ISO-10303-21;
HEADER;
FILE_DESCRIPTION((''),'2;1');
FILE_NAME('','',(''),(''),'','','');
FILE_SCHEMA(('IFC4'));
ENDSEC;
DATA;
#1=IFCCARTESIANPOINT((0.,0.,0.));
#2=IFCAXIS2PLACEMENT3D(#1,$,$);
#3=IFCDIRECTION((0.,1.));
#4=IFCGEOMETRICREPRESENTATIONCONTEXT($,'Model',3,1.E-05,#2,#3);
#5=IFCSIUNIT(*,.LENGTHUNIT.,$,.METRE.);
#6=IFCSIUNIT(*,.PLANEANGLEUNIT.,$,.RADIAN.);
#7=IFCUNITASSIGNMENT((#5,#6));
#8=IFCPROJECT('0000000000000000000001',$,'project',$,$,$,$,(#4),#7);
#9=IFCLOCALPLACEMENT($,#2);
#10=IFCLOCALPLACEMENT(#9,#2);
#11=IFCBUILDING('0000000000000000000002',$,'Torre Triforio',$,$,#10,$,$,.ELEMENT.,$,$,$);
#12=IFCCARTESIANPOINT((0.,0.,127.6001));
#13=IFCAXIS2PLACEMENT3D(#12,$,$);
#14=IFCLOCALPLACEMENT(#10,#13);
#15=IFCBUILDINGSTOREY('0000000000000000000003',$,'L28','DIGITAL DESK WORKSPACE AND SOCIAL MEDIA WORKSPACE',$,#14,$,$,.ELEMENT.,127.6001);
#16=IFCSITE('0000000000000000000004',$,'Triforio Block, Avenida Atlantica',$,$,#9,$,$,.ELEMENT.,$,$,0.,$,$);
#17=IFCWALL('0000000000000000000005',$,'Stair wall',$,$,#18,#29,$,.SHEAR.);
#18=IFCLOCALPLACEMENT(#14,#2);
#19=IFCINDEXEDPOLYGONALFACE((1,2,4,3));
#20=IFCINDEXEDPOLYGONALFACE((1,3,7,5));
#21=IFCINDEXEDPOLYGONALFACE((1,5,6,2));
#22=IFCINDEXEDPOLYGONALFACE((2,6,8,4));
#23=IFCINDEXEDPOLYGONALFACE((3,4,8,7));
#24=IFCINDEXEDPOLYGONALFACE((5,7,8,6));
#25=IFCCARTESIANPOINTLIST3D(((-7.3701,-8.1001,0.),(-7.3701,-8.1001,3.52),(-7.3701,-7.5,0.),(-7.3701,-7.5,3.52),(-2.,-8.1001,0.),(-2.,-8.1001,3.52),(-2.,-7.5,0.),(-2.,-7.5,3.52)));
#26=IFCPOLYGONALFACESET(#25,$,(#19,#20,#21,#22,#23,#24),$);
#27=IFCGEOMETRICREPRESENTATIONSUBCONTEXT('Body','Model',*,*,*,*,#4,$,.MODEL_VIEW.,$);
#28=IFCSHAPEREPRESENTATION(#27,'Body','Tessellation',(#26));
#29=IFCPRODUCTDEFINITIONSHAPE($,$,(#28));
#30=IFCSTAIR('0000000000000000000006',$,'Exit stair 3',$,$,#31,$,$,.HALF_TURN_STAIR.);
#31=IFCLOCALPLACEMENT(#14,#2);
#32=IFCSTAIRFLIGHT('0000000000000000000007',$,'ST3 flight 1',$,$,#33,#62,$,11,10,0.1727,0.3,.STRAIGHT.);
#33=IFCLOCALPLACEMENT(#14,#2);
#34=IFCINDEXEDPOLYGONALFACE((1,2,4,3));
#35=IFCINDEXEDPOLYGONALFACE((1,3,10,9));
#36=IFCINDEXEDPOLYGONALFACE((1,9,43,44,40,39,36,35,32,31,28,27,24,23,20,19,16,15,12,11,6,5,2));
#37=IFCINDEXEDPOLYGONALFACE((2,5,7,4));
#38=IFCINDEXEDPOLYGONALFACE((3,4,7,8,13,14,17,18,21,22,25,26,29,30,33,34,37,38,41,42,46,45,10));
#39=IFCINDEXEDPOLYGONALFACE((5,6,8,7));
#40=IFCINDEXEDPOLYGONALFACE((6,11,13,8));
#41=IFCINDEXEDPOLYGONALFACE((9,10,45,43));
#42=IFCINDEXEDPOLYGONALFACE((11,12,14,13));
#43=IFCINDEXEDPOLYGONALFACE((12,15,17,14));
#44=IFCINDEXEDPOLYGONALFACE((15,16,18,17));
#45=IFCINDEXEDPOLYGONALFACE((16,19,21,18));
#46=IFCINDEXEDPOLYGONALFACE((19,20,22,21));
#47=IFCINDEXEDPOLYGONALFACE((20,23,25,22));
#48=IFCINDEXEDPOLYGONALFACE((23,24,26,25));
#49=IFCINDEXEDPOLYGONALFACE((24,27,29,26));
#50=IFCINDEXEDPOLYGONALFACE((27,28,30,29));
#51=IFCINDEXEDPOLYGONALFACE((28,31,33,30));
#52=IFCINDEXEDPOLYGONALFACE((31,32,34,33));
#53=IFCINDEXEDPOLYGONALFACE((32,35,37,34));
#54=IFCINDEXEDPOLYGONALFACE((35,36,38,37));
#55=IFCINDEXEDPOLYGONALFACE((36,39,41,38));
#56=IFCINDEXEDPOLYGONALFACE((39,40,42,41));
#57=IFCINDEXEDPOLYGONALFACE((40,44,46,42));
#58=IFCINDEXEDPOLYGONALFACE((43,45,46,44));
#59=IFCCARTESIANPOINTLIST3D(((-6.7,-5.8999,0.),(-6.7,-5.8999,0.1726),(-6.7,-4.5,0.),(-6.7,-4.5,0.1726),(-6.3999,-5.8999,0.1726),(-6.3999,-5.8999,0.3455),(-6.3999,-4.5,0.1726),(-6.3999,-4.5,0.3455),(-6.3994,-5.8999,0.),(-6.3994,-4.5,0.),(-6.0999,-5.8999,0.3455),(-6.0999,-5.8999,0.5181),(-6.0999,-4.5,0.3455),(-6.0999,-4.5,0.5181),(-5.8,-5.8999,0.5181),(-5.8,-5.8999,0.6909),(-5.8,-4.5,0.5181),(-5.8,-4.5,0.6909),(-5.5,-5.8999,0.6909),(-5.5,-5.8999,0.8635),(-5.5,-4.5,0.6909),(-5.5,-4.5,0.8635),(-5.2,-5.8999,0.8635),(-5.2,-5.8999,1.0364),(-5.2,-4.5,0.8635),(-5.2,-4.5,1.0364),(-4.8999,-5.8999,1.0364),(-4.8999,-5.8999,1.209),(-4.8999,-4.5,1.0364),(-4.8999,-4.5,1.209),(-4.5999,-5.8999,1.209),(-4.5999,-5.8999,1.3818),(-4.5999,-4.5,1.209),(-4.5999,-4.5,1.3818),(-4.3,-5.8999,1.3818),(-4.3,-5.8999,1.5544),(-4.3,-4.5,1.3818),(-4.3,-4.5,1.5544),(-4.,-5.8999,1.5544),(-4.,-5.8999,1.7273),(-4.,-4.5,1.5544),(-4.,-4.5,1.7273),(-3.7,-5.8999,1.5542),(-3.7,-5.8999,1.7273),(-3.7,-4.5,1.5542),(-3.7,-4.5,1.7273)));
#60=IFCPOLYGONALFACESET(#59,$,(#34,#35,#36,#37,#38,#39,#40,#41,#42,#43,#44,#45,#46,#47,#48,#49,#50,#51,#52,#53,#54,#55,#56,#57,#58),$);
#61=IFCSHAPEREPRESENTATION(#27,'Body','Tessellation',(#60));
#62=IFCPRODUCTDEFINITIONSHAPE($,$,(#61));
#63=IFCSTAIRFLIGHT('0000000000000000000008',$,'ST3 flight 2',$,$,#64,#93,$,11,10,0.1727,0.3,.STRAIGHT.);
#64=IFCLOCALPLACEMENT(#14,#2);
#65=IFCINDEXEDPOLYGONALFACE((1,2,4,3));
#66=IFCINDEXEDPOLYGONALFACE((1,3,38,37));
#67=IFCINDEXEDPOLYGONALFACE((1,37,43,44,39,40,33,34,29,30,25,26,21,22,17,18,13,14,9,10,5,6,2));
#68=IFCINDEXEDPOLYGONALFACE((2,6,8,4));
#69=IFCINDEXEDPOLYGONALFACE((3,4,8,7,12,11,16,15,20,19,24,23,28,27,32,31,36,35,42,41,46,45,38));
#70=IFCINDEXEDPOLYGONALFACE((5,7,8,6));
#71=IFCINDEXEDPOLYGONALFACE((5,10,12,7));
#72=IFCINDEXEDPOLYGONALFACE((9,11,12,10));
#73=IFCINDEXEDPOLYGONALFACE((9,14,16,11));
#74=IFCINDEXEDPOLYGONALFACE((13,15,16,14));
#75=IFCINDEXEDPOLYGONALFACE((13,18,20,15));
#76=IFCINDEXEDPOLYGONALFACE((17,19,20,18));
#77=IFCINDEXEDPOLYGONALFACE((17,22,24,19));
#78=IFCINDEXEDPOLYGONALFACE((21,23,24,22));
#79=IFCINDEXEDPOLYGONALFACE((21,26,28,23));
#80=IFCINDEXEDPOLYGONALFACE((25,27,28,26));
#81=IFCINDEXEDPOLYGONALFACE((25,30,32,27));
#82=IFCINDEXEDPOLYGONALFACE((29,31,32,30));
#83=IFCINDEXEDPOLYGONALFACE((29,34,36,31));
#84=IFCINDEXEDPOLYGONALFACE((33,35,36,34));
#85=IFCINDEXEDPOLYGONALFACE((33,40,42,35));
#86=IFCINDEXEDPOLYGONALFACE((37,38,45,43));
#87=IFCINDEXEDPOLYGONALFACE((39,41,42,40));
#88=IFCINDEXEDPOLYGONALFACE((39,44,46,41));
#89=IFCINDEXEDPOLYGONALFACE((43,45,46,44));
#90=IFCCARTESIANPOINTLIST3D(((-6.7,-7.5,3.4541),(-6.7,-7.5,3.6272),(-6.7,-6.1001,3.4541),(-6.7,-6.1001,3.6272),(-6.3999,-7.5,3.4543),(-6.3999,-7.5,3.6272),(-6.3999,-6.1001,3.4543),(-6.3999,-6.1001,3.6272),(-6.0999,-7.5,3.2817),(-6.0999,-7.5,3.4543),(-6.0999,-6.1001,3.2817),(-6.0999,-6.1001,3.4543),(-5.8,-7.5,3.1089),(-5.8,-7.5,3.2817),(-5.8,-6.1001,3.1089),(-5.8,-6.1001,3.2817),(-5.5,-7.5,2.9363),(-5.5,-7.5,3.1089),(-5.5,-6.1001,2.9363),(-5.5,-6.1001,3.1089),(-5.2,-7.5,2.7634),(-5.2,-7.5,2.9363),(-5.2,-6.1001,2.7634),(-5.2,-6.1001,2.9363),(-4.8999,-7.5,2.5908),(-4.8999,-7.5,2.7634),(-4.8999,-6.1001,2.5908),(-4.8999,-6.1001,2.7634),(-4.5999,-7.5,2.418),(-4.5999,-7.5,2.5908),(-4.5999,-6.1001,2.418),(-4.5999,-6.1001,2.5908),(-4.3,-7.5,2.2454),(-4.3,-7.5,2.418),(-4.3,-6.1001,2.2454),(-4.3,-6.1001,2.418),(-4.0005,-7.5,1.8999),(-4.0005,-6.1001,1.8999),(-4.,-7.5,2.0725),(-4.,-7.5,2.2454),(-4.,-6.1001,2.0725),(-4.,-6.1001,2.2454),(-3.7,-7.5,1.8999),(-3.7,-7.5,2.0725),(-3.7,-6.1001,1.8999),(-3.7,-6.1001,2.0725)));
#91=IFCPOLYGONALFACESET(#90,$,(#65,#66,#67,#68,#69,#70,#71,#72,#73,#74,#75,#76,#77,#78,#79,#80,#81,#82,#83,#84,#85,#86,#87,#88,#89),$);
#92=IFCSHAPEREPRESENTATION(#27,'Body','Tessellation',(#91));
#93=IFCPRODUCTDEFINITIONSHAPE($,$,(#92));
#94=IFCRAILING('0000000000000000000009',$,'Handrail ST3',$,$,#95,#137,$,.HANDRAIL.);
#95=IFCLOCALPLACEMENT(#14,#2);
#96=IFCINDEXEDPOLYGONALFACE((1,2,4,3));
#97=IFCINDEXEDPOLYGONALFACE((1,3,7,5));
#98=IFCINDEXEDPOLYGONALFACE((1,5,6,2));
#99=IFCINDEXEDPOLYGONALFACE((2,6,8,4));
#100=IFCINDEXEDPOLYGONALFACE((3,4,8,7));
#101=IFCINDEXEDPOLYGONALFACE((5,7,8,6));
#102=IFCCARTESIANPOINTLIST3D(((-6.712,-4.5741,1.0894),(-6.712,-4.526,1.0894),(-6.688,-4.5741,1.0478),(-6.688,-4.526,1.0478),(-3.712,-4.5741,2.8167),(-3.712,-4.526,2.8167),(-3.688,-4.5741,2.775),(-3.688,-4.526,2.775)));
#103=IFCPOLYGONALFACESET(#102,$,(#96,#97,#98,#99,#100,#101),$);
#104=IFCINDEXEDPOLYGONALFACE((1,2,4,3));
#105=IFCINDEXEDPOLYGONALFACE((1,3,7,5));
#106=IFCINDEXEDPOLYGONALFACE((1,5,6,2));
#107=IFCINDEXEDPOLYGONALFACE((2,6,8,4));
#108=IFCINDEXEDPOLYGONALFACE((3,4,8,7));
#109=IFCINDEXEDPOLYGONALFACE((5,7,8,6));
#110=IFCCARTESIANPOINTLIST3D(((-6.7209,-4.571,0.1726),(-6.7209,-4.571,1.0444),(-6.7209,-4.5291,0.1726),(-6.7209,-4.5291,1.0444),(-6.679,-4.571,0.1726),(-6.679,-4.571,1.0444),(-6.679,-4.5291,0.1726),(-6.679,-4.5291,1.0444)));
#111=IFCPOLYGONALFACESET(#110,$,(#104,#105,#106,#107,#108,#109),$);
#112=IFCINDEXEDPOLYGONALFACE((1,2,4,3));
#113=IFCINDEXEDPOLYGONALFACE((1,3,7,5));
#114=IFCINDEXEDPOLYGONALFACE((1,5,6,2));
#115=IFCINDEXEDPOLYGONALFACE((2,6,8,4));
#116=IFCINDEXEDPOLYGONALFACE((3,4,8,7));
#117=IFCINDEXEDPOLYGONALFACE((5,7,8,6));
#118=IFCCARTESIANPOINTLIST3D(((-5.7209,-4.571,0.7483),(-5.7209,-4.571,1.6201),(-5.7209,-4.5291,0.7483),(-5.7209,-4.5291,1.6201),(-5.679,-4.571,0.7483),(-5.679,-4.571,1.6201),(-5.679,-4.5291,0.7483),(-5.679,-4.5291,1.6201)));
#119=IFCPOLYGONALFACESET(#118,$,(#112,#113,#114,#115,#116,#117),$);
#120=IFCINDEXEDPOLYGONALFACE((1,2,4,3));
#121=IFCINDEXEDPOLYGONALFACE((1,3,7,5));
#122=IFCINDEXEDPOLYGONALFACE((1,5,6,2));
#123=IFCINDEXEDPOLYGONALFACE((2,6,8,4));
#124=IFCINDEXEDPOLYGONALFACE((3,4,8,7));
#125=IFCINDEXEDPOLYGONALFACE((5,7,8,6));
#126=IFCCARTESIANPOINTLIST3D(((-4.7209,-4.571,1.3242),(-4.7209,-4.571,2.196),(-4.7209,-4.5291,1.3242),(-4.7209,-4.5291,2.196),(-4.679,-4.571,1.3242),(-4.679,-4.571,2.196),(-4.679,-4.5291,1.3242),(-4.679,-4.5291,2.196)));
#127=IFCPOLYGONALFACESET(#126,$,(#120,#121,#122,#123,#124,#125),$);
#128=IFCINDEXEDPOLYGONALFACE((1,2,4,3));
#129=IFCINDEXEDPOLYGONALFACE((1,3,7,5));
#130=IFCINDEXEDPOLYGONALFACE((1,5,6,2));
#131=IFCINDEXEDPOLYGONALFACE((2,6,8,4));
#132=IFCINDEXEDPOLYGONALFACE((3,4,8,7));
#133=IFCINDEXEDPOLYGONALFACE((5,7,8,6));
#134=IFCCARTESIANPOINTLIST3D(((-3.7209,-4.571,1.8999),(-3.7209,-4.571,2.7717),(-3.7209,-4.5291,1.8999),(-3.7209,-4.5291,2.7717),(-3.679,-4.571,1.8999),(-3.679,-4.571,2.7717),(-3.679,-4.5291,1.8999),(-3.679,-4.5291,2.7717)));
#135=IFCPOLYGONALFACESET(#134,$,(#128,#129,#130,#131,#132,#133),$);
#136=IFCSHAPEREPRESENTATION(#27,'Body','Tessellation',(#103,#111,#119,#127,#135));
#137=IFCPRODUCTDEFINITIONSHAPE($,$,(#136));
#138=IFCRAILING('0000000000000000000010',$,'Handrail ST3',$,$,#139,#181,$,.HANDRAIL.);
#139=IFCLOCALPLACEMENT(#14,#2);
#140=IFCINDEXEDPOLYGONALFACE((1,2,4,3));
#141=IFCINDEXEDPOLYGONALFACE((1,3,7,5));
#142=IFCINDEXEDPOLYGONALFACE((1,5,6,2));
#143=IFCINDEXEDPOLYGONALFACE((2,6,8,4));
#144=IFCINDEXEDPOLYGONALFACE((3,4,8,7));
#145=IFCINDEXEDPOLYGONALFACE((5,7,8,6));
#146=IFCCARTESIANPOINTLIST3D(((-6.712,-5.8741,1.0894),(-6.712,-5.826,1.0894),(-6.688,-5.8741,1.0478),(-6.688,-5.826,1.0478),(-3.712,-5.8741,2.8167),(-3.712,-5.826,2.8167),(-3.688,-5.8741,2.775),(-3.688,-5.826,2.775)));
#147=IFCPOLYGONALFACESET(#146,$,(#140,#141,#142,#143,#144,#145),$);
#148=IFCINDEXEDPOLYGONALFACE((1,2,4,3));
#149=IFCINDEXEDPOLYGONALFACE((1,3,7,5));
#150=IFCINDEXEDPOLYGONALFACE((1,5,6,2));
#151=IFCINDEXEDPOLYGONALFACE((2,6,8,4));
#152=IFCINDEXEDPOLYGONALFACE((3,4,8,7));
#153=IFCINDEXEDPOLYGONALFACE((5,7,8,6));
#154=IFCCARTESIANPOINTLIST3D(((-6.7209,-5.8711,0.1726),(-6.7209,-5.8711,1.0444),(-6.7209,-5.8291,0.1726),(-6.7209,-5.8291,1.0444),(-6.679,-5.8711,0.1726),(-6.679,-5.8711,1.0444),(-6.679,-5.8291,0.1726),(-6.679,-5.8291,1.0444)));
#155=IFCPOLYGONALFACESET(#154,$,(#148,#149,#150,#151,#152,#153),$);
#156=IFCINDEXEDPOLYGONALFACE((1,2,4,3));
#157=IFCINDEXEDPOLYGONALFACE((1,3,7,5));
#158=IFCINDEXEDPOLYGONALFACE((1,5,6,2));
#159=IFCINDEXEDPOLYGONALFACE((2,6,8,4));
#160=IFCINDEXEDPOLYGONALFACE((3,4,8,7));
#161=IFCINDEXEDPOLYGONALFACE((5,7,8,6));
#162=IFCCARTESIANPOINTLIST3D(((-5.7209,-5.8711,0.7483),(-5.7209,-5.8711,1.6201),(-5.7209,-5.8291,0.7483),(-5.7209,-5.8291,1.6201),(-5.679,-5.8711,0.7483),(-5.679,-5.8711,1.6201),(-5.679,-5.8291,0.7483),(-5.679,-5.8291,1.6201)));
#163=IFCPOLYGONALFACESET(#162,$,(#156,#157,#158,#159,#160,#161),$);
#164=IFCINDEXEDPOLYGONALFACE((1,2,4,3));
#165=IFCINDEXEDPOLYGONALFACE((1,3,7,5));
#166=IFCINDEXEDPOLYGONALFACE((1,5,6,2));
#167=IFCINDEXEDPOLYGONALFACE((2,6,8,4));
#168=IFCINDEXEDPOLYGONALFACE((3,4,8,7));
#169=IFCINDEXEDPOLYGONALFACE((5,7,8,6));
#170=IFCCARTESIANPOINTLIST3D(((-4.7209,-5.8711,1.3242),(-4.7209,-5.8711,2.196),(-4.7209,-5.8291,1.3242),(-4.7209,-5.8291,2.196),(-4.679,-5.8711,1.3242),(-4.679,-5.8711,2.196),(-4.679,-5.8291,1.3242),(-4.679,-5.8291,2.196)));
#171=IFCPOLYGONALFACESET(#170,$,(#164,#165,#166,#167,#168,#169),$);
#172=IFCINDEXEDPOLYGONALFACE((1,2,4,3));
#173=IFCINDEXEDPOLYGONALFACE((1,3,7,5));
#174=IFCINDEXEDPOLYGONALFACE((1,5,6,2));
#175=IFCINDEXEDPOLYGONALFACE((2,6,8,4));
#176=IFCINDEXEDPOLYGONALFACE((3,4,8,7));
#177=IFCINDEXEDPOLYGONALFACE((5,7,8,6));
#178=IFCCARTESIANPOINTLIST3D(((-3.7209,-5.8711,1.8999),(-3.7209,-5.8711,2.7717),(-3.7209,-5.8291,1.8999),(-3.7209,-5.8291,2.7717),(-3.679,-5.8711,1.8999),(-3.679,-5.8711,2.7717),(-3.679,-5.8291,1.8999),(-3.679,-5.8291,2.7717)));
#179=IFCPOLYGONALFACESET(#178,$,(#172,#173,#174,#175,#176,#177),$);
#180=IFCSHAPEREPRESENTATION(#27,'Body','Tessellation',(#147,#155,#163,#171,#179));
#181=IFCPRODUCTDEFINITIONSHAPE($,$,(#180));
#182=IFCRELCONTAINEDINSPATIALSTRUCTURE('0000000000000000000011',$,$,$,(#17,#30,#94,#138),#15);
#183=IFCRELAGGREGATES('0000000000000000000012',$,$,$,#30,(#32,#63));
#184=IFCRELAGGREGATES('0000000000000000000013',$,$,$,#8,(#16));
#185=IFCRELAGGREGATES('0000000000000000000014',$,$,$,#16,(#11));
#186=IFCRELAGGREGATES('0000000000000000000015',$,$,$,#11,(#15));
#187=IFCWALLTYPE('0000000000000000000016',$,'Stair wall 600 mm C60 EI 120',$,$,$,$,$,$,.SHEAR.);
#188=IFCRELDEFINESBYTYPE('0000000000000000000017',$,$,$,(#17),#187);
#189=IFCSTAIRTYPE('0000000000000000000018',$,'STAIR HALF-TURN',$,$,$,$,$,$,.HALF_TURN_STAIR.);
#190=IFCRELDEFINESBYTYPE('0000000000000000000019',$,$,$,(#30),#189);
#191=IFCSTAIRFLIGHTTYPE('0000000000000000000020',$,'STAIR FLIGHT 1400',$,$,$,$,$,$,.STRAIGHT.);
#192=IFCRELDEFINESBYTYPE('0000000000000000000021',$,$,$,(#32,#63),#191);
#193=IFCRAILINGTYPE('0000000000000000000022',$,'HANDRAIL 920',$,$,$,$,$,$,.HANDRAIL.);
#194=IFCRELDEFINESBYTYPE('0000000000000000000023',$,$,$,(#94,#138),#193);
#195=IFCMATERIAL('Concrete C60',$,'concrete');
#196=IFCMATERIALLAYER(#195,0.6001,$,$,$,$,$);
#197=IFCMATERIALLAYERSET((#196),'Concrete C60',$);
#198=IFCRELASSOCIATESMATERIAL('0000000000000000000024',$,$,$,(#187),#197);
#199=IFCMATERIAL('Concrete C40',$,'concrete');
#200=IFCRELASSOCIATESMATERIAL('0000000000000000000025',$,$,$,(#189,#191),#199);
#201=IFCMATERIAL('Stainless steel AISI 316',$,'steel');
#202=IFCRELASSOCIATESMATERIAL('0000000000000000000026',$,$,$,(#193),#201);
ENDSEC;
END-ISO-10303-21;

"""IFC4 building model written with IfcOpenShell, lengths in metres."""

from ifc_helpers import new_model, si_unit, direction, frame, frame_2d, origin, origin_2d, place, context, subcontext, project, spatial, polyline, rectangle, outline, extrude, material, layer, layer_set, type_object, element, aggregate, save


model = new_model("IFC4")

# Units and contexts
model_context = context("Model", 3, precision=1e-05, world=origin(), true_north=direction((0.0, 1.0)))
body_context = subcontext(model_context, "Body", "Model", "MODEL_VIEW")
ifc_project = project(units=[si_unit("LENGTHUNIT", "METRE"), si_unit("PLANEANGLEUNIT", "RADIAN")], contexts=[model_context])

# Site, building, storey
site_placement = place(None, origin())
site = spatial("IfcSite", under=ifc_project, at=site_placement, Name="Triforio Block, Avenida Atlantica", CompositionType="ELEMENT", RefElevation=0.0)
building_placement = place(site_placement, origin())
building = spatial("IfcBuilding", under=site, at=building_placement, Name="Torre Triforio", CompositionType="ELEMENT")
storey_placement = place(building_placement, frame((0.0, 0.0, 127.6001)))
storey = spatial("IfcBuildingStorey", under=building, at=storey_placement, Name="L28", Description="DIGITAL DESK WORKSPACE AND SOCIAL MEDIA WORKSPACE", CompositionType="ELEMENT", Elevation=127.6001)

# Shared definitions
ifc_material_1 = material(Name="Concrete C60", Category="concrete")

# Wall
ifc_layer_1 = layer(ifc_material_1, 0.6001)
ifc_layer_set_1 = layer_set([ifc_layer_1], Name="Concrete C60")
wall_type_1 = type_object("IfcWallType", Name="Stair wall 600 mm C60 EI 120", PredefinedType="SHEAR", material=ifc_layer_set_1)
wall_1_placement = place(storey_placement, frame((-7.3701, -7.8, 0.0), z_axis=(0.0, 0.0, 1.0), x_axis=(1.0, 0.0, 0.0)))
element("IfcWall", 1, at=wall_1_placement, inside=storey, type_object=wall_type_1, Name="Stair wall", PredefinedType="SHEAR", context=body_context, shape_type="SweptSolid", body=[
    extrude(rectangle(XDim=5.3701, YDim=0.6001, at=frame_2d((2.6851, 0.0))), origin(), (0.0, 0.0, 1.0), 3.52),
])

# Stair, stair flights
ifc_material_2 = material(Name="Concrete C40", Category="concrete")
stair_type = type_object("IfcStairType", Name="STAIR HALF-TURN", PredefinedType="HALF_TURN_STAIR", material=ifc_material_2)
stair_placement = place(storey_placement, origin())
stair = element("IfcStair", 2, at=stair_placement, inside=storey, type_object=stair_type, Name="Exit stair 3", PredefinedType="HALF_TURN_STAIR")
stair_flight_type = type_object("IfcStairFlightType", Name="STAIR FLIGHT 1400", PredefinedType="STRAIGHT", material=ifc_material_2)
stair_flight_1_placement = place(storey_placement, frame((-6.7, -5.2, 0.0), z_axis=(0.0, 0.0, 1.0), x_axis=(1.0, 0.0, 0.0)))
stair_flight_1 = element("IfcStairFlight", 3, at=stair_flight_1_placement, type_object=stair_flight_type, Name="ST3 flight 1", NumberOfRisers=11, NumberOfTreads=10, PredefinedType="STRAIGHT", RiserHeight=0.1727, TreadLength=0.3, context=body_context, shape_type="SweptSolid", body=[
    extrude(outline(polyline([(0.0, 0.0), (0.0, 0.1726), (0.3, 0.1726), (0.3, 0.3455), (0.6001, 0.3455), (0.6001, 0.5181), (0.8999, 0.5181), (0.8999, 0.6909), (1.2, 0.6909), (1.2, 0.8635), (1.5, 0.8635), (1.5, 1.0364), (1.8, 1.0364), (1.8, 1.209), (2.1001, 1.209), (2.1001, 1.3818), (2.3999, 1.3818), (2.3999, 1.5544), (2.7, 1.5544), (2.7, 1.7273), (3.0, 1.7273), (3.0, 1.8999), (3.0, 1.5542), (0.3005, 0.0), (0.0, 0.0)])), frame((0.0, 0.7, 0.0), z_axis=(0.0, -1.0, 0.0), x_axis=(1.0, 0.0, 0.0)), (0.0, 0.0, 1.0), 1.3999),
])
stair_flight_2_placement = place(storey_placement, frame((-3.7, -6.8, 1.8999), z_axis=(0.0, 0.0, 1.0), x_axis=(-1.0, 0.0, 0.0)))
stair_flight_2 = element("IfcStairFlight", 4, at=stair_flight_2_placement, type_object=stair_flight_type, Name="ST3 flight 2", NumberOfRisers=11, NumberOfTreads=10, PredefinedType="STRAIGHT", RiserHeight=0.1727, TreadLength=0.3, context=body_context, shape_type="SweptSolid", body=[
    extrude(outline(polyline([(0.0, 0.0), (0.0, 0.1726), (0.3, 0.1726), (0.3, 0.3455), (0.6001, 0.3455), (0.6001, 0.5181), (0.8999, 0.5181), (0.8999, 0.6909), (1.2, 0.6909), (1.2, 0.8635), (1.5, 0.8635), (1.5, 1.0364), (1.8, 1.0364), (1.8, 1.209), (2.1001, 1.209), (2.1001, 1.3818), (2.3999, 1.3818), (2.3999, 1.5544), (2.7, 1.5544), (2.7, 1.7273), (3.0, 1.7273), (3.0, 1.8999), (3.0, 1.5542), (0.3005, 0.0), (0.0, 0.0)])), frame((0.0, 0.7, 0.0), z_axis=(0.0, -1.0, 0.0), x_axis=(1.0, 0.0, 0.0)), (0.0, 0.0, 1.0), 1.3999),
])
aggregate(stair, [stair_flight_1, stair_flight_2])

# Railings
ifc_material_3 = material(Name="Stainless steel AISI 316", Category="steel")
railing_type = type_object("IfcRailingType", Name="HANDRAIL 920", PredefinedType="HANDRAIL", material=ifc_material_3)
for number, where, name in (
    (5, (-6.7, -4.55, 0.1726), "Handrail ST3"),
    (6, (-6.7, -5.8501, 0.1726), "Handrail ST3"),
):
    element("IfcRailing", number, at=place(storey_placement, frame(where)), inside=storey, type_object=railing_type, Name=name, PredefinedType="HANDRAIL", context=body_context, shape_type="SweptSolid", body=[
        extrude(rectangle(XDim=0.0481, YDim=0.0481, at=origin_2d()), frame((0.0, 0.0, 0.896), z_axis=(0.86662, 0.0, 0.498969), x_axis=(0.0, 1.0, 0.0)), (0.0, 0.0, 1.0), 3.4617),
        extrude(rectangle(XDim=0.042, YDim=0.042, at=origin_2d()), origin(), (0.0, 0.0, 1.0), 0.8718),
        extrude(rectangle(XDim=0.042, YDim=0.042, at=origin_2d()), frame((1.0, 0.0, 0.5757)), (0.0, 0.0, 1.0), 0.8718),
        extrude(rectangle(XDim=0.042, YDim=0.042, at=origin_2d()), frame((2.0, 0.0, 1.1516)), (0.0, 0.0, 1.0), 0.8718),
        extrude(rectangle(XDim=0.042, YDim=0.042, at=origin_2d()), frame((3.0, 0.0, 1.7273)), (0.0, 0.0, 1.0), 0.8718),
    ])

save(model, "model.ifc")
